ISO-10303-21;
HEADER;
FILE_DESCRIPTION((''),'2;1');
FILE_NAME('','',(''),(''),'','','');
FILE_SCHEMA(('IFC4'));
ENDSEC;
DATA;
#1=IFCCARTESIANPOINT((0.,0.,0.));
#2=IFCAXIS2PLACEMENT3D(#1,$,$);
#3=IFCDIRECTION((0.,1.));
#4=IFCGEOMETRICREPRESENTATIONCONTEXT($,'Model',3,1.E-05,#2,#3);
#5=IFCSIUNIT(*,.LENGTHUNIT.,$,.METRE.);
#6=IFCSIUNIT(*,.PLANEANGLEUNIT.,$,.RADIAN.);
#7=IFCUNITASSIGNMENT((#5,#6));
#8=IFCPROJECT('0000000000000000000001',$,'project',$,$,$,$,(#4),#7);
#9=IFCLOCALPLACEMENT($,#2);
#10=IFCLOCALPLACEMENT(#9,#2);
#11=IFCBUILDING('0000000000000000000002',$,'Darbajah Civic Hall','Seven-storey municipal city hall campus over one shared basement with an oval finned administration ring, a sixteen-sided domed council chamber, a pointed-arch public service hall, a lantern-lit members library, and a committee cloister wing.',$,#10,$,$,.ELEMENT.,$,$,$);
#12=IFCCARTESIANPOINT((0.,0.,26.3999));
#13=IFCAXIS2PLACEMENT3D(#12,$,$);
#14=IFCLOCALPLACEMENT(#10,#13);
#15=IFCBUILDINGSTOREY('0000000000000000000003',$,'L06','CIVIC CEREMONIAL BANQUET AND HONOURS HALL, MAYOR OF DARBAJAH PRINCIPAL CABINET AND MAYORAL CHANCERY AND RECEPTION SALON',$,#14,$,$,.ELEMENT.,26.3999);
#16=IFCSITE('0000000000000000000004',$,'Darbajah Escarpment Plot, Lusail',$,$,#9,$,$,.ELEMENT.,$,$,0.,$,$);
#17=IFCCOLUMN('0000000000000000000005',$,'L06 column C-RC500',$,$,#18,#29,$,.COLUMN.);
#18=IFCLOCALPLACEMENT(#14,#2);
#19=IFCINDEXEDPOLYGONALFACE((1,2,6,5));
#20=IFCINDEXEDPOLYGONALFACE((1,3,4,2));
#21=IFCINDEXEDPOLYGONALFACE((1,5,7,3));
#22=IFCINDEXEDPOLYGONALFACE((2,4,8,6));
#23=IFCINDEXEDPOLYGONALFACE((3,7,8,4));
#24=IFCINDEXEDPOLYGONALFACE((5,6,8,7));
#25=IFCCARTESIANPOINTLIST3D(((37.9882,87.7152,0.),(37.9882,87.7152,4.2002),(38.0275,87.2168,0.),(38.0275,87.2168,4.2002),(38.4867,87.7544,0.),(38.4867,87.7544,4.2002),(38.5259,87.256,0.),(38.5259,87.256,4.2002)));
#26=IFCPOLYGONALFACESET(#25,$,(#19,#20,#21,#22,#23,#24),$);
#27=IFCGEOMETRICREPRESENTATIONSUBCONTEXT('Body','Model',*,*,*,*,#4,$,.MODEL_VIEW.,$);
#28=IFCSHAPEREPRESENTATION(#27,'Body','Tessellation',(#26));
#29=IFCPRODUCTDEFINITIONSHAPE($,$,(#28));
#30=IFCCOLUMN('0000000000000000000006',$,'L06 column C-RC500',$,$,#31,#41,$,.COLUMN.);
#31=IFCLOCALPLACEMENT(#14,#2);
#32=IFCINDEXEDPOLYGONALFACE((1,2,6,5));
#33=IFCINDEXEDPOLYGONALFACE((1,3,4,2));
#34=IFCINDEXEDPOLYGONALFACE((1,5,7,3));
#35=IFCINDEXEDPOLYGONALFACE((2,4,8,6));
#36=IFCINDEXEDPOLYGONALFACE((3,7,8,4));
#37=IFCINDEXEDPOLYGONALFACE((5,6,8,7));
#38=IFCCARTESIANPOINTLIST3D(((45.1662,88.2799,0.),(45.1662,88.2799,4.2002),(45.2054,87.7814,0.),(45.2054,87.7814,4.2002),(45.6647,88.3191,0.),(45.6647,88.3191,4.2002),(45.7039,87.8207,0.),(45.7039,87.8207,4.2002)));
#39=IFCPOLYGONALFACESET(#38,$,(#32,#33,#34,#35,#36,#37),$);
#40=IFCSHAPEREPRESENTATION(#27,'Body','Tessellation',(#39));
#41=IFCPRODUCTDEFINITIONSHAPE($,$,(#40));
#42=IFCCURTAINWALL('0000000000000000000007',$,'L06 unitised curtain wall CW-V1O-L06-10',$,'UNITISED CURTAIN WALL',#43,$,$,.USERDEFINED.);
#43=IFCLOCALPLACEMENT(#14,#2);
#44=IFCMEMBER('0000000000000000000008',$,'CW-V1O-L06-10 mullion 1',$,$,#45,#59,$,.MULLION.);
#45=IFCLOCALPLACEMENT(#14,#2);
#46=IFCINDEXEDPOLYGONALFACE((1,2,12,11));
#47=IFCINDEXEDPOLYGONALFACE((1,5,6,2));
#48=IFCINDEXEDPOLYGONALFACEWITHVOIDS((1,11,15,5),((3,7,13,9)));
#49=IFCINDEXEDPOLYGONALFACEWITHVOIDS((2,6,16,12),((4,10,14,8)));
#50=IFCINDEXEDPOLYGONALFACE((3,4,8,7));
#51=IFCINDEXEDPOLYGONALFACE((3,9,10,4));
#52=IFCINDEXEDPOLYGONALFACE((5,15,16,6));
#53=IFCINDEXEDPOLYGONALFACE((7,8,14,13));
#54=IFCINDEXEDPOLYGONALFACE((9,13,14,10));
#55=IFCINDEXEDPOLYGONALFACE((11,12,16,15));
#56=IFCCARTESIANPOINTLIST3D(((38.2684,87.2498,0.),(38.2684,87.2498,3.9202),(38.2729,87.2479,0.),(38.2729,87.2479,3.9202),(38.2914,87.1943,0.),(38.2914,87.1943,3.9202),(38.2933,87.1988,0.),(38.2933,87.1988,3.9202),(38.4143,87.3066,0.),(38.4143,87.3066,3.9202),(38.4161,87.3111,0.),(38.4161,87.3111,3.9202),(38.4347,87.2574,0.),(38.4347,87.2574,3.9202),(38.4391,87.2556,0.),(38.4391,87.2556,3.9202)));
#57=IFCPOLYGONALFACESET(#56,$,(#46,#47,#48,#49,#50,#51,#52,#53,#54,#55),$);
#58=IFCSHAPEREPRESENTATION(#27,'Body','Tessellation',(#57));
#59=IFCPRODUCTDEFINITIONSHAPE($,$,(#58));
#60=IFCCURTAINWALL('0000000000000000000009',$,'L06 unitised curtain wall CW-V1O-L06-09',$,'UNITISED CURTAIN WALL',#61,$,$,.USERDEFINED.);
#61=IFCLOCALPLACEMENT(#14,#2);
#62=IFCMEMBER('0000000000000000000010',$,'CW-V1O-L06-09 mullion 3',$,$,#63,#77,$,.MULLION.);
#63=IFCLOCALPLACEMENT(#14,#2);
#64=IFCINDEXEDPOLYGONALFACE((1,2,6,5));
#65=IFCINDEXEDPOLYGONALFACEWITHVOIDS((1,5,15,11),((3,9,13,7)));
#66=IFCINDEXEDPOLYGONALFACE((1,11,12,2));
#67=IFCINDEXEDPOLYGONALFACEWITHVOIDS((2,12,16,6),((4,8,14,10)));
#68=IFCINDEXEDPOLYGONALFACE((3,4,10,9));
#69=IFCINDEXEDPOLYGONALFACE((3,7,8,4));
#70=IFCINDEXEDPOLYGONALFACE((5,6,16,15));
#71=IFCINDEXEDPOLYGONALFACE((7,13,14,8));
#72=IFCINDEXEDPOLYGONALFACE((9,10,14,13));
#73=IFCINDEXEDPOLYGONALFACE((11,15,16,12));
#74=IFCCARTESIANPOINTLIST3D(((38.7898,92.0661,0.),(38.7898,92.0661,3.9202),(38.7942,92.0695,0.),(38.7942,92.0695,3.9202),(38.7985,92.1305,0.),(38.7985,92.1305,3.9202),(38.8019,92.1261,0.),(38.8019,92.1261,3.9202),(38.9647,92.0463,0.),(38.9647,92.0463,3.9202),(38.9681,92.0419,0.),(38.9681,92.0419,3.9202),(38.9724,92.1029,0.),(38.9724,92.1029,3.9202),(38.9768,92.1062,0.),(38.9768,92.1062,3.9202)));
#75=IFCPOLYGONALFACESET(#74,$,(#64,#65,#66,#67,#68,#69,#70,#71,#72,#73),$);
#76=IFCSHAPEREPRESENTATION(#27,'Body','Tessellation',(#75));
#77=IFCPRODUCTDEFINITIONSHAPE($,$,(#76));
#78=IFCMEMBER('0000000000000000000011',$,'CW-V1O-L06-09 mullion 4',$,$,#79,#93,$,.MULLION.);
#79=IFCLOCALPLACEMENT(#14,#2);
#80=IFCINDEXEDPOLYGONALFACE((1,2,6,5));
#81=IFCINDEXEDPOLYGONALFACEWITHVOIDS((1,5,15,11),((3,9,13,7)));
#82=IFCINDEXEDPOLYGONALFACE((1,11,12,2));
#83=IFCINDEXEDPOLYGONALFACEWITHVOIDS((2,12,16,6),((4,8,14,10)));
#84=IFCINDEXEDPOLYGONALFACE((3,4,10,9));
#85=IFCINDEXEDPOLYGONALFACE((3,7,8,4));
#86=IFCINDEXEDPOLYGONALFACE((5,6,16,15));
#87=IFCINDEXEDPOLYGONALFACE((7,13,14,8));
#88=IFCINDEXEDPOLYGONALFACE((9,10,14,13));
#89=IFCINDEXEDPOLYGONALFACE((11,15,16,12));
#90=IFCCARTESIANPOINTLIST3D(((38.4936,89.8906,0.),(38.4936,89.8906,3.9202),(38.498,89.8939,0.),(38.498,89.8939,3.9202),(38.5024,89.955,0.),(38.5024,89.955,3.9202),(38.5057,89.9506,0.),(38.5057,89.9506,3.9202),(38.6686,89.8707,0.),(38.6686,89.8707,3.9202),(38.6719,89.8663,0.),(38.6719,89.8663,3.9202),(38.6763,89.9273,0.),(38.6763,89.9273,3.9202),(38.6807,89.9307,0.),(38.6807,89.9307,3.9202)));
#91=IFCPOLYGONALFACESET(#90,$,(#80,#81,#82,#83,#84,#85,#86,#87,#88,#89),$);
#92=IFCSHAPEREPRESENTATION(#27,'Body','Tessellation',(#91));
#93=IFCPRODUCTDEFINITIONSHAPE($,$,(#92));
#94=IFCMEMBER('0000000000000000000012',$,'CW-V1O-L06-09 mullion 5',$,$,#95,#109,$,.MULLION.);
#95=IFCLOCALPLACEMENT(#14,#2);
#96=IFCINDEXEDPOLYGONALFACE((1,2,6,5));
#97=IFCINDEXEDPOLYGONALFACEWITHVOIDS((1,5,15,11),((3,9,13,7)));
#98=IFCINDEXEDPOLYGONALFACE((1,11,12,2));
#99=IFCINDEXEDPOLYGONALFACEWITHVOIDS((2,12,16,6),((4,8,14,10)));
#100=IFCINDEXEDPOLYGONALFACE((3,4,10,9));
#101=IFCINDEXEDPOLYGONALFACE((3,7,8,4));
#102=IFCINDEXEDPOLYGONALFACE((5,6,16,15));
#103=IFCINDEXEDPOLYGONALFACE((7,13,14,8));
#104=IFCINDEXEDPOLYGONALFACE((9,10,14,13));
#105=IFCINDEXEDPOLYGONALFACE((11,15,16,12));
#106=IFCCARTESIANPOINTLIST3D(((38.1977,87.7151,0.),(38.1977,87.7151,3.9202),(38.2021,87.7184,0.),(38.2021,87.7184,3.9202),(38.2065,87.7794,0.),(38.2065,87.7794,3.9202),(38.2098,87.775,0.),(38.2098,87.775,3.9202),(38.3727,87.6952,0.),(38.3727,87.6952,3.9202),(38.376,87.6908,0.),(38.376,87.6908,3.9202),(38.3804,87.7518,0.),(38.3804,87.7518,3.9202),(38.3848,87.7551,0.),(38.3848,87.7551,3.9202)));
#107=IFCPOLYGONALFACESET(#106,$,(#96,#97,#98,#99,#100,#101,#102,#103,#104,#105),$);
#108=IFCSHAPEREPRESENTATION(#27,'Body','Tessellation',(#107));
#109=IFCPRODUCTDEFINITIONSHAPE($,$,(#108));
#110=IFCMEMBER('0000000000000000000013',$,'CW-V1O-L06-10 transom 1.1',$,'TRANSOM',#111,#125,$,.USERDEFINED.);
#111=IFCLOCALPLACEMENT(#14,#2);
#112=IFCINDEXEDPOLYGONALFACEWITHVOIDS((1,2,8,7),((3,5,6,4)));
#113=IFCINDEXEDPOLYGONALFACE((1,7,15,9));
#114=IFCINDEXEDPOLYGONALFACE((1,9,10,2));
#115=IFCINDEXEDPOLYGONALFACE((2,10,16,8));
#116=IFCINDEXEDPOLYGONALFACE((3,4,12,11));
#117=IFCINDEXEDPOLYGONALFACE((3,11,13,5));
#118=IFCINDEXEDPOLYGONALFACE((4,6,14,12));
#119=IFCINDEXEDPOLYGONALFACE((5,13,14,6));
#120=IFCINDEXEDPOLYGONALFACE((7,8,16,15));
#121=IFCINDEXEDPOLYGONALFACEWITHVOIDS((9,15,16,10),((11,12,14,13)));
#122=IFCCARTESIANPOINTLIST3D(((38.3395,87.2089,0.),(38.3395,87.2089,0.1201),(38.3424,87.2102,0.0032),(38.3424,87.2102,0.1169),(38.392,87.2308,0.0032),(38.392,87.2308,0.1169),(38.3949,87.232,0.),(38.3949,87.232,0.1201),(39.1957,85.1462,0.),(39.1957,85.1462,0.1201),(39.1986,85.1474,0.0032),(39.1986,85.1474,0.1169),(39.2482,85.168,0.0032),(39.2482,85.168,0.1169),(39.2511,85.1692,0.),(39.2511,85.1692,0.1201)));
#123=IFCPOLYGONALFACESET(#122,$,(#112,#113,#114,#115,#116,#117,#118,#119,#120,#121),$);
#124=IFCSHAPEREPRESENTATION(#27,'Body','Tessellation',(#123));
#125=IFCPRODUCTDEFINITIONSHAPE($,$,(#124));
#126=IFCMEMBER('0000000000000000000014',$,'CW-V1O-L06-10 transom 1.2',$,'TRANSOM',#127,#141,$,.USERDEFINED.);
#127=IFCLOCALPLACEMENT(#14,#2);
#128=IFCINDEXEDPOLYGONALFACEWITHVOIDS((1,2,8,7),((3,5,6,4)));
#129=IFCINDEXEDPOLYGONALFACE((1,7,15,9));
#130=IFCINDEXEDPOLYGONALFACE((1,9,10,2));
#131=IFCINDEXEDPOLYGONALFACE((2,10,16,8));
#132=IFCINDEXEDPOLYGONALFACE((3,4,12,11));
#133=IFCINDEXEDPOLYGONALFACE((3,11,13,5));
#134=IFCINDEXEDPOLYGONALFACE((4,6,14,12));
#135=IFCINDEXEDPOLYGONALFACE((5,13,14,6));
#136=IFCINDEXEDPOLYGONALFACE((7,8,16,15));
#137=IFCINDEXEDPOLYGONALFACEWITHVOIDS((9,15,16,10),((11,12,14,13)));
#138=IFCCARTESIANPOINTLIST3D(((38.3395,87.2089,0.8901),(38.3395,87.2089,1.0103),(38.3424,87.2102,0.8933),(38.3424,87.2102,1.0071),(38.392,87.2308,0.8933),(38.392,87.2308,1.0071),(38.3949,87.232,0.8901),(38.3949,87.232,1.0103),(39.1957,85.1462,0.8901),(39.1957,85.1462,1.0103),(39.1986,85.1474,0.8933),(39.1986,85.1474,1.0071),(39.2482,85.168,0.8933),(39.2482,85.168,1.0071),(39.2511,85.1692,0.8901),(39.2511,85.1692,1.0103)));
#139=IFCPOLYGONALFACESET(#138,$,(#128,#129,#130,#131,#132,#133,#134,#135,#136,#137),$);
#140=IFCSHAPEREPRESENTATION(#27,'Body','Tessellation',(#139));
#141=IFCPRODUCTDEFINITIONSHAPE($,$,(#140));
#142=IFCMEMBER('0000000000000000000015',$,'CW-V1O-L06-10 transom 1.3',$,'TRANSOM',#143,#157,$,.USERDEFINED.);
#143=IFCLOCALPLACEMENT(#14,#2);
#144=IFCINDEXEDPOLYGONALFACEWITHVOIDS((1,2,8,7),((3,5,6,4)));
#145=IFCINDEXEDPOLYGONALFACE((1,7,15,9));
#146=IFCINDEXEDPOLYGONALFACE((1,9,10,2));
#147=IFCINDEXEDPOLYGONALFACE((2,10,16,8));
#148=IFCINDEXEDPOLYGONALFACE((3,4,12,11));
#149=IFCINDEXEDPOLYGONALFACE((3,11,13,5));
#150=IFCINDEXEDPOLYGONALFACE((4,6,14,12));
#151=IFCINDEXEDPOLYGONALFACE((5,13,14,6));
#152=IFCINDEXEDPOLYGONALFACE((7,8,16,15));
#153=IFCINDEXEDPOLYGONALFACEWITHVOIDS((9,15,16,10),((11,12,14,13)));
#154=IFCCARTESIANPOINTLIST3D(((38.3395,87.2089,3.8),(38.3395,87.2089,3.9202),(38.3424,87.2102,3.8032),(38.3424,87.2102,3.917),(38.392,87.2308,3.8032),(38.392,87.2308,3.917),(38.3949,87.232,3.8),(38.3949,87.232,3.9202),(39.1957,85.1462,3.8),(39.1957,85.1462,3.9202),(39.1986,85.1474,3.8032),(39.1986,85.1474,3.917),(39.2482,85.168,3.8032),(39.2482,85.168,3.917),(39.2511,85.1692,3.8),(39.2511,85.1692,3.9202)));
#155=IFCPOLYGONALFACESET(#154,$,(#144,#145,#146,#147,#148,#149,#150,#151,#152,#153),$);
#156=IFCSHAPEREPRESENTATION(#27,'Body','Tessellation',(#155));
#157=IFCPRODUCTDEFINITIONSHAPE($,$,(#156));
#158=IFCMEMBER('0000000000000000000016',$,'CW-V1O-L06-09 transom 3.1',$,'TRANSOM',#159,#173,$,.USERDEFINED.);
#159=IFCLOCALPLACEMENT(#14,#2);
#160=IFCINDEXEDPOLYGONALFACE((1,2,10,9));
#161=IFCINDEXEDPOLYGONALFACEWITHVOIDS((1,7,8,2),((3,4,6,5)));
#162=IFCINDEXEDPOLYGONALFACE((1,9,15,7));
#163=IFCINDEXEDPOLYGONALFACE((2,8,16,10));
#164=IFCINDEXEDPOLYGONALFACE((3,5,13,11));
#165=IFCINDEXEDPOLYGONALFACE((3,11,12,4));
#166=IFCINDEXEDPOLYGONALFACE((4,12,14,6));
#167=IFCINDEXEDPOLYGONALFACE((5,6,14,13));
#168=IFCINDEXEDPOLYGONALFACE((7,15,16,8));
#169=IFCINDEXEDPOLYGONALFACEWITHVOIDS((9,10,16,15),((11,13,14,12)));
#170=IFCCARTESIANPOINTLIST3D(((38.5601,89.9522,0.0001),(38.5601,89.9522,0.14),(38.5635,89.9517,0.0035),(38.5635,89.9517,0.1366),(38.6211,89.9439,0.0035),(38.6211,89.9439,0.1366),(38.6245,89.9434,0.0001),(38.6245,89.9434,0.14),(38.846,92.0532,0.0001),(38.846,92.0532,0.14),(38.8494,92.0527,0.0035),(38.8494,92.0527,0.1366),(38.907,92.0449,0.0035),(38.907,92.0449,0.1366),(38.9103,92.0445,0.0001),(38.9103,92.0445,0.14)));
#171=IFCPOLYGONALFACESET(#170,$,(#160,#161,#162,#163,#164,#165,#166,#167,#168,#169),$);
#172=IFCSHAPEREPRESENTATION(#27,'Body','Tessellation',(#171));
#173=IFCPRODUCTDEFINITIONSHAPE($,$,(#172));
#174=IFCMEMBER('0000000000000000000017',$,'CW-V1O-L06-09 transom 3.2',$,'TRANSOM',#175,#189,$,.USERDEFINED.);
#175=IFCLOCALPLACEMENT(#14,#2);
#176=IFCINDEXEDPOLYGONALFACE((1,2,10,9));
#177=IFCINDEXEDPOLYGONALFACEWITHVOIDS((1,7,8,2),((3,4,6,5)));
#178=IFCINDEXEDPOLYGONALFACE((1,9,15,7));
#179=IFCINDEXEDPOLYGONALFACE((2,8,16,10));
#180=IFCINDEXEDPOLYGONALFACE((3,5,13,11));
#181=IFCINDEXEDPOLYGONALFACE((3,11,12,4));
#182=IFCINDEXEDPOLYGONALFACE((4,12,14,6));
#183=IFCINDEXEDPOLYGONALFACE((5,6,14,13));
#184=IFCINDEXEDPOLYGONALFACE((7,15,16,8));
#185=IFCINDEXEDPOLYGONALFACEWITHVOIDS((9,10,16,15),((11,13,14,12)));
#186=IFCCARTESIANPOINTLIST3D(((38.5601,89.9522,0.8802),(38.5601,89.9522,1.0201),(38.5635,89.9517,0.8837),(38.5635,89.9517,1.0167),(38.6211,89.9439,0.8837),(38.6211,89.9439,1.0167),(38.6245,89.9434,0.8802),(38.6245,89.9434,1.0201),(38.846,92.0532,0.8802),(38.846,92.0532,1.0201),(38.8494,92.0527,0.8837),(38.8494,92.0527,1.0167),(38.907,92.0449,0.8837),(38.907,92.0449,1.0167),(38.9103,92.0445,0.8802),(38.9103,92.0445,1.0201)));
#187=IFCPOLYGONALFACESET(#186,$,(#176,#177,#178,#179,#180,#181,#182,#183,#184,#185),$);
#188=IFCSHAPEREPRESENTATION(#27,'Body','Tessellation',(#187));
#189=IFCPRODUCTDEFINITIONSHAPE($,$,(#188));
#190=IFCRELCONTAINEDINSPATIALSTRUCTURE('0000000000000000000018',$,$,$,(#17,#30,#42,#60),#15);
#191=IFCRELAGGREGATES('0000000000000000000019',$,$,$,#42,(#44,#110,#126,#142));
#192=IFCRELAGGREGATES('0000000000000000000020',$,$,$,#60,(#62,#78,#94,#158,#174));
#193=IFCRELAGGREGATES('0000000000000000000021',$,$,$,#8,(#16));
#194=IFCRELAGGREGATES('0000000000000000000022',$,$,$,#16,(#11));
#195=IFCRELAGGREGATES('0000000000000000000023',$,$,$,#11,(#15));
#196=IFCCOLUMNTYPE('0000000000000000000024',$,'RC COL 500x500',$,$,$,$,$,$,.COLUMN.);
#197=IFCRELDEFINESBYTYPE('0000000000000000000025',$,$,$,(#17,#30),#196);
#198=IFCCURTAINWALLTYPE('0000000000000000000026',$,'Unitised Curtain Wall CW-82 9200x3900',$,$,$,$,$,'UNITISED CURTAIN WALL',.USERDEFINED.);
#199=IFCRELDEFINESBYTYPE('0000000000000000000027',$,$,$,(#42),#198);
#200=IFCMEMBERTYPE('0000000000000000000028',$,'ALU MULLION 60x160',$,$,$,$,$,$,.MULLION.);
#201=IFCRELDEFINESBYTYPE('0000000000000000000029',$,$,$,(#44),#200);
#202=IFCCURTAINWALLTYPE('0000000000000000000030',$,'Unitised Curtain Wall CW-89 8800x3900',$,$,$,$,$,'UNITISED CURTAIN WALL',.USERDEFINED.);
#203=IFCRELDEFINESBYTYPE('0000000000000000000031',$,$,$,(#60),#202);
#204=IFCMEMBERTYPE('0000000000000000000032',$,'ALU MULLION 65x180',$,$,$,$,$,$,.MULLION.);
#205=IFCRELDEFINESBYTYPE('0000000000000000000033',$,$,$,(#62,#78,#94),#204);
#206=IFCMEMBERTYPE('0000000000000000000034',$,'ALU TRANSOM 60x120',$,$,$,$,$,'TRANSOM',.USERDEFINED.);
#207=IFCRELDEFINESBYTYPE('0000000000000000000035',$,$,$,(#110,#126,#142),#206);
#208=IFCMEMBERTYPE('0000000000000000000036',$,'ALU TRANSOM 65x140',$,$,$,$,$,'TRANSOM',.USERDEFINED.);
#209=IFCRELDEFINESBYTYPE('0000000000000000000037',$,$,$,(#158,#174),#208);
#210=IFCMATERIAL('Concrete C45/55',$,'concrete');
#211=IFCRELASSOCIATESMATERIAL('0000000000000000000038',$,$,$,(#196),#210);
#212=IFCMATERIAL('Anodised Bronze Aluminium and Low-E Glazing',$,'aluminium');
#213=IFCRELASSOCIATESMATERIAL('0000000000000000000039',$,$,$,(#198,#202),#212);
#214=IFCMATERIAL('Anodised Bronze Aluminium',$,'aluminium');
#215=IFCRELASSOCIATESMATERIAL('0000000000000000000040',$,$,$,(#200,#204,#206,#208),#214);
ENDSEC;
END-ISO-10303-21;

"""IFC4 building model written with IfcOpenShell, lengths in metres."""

from ifc_helpers import new_model, si_unit, direction, frame, origin, origin_2d, place, context, subcontext, project, spatial, rectangle, hollow_rectangle, extrude, material, material_profile, profile_set, type_object, element, aggregate, save


model = new_model("IFC4")

# Units and contexts
model_context = context("Model", 3, precision=1e-05, world=origin(), true_north=direction((0.0, 1.0)))
body_context = subcontext(model_context, "Body", "Model", "MODEL_VIEW")
ifc_project = project(units=[si_unit("LENGTHUNIT", "METRE"), si_unit("PLANEANGLEUNIT", "RADIAN")], contexts=[model_context])

# Site, building, storey
site_placement = place(None, origin())
site = spatial("IfcSite", under=ifc_project, at=site_placement, Name="Darbajah Escarpment Plot, Lusail", CompositionType="ELEMENT", RefElevation=0.0)
building_placement = place(site_placement, origin())
building = spatial("IfcBuilding", under=site, at=building_placement, Name="Darbajah Civic Hall", Description="Seven-storey municipal city hall campus over one shared basement with an oval finned administration ring, a sixteen-sided domed council chamber, a pointed-arch public service hall, a lantern-lit members library, and a committee cloister wing.", CompositionType="ELEMENT")
storey_placement = place(building_placement, frame((0.0, 0.0, 26.3999)))
storey = spatial("IfcBuildingStorey", under=building, at=storey_placement, Name="L06", Description="CIVIC CEREMONIAL BANQUET AND HONOURS HALL, MAYOR OF DARBAJAH PRINCIPAL CABINET AND MAYORAL CHANCERY AND RECEPTION SALON", CompositionType="ELEMENT", Elevation=26.3999)

# Columns
ifc_material_1 = material(Name="Concrete C45/55", Category="concrete")
ifc_material_profile_1 = material_profile(ifc_material_1, rectangle(XDim=0.5, YDim=0.5, at=origin_2d()), Name="RC COL 500x500")
ifc_profile_set_1 = profile_set([ifc_material_profile_1], Name="Concrete C45/55")
column_type = type_object("IfcColumnType", Name="RC COL 500x500", PredefinedType="COLUMN", material=ifc_profile_set_1)
for number, where, z_axis, x_axis, name in (
    (1, (38.2571, 87.4856, 0.0), (0.0, 0.0, 1.0), (-0.996917, -0.078459, 0.0), "L06 column C-RC500"),
    (2, (45.4351, 88.0503, 0.0), (0.0, 0.0, 1.0), (-0.996917, -0.078459, 0.0), "L06 column C-RC500"),
):
    element("IfcColumn", number, at=place(storey_placement, frame(where, z_axis=z_axis, x_axis=x_axis)), inside=storey, type_object=column_type, Name=name, PredefinedType="COLUMN", context=body_context, shape_type="SweptSolid", body=[
        extrude(rectangle(XDim=0.5, YDim=0.5, at=origin_2d()), origin(), (0.0, 0.0, 1.0), 4.2002),
    ])

# Curtain wall, member
ifc_material_2 = material(Name="Anodised Bronze Aluminium and Low-E Glazing", Category="aluminium")
curtain_wall_type_1 = type_object("IfcCurtainWallType", Name="Unitised Curtain Wall CW-82 9200x3900", ElementType="UNITISED CURTAIN WALL", PredefinedType="USERDEFINED", material=ifc_material_2)
curtain_wall_1_placement = place(storey_placement, origin())
curtain_wall_1 = element("IfcCurtainWall", 3, at=curtain_wall_1_placement, inside=storey, type_object=curtain_wall_type_1, Name="L06 unitised curtain wall CW-V1O-L06-10", ObjectType="UNITISED CURTAIN WALL", PredefinedType="USERDEFINED")
ifc_material_3 = material(Name="Anodised Bronze Aluminium", Category="aluminium")
ifc_material_profile_2 = material_profile(ifc_material_3, hollow_rectangle(XDim=0.0601, YDim=0.1599, WallThickness=0.0034, at=origin_2d()), Name="ALU MULLION 60x160")
ifc_profile_set_2 = profile_set([ifc_material_profile_2], Name="Anodised Bronze Aluminium")
member_type_1 = type_object("IfcMemberType", Name="ALU MULLION 60x160", PredefinedType="MULLION", material=ifc_profile_set_2)
member_1_placement = place(storey_placement, frame((38.3538, 87.2527, 0.0), z_axis=(0.0, 0.0, 1.0), x_axis=(0.383328, -0.923612, 0.0)))
member_1 = element("IfcMember", 4, at=member_1_placement, type_object=member_type_1, Name="CW-V1O-L06-10 mullion 1", PredefinedType="MULLION", context=body_context, shape_type="SweptSolid", body=[
    extrude(hollow_rectangle(XDim=0.0601, YDim=0.1599, WallThickness=0.0034, at=origin_2d()), origin(), (0.0, 0.0, 1.0), 3.9202),
])

# Curtain wall, members
curtain_wall_type_2 = type_object("IfcCurtainWallType", Name="Unitised Curtain Wall CW-89 8800x3900", ElementType="UNITISED CURTAIN WALL", PredefinedType="USERDEFINED", material=ifc_material_2)
curtain_wall_2_placement = place(storey_placement, origin())
curtain_wall_2 = element("IfcCurtainWall", 5, at=curtain_wall_2_placement, inside=storey, type_object=curtain_wall_type_2, Name="L06 unitised curtain wall CW-V1O-L06-09", ObjectType="UNITISED CURTAIN WALL", PredefinedType="USERDEFINED")
ifc_material_profile_3 = material_profile(ifc_material_3, hollow_rectangle(XDim=0.0649, YDim=0.1799, WallThickness=0.0039, at=origin_2d()), Name="ALU MULLION 65x180")
ifc_profile_set_3 = profile_set([ifc_material_profile_3], Name="Anodised Bronze Aluminium")
member_type_2 = type_object("IfcMemberType", Name="ALU MULLION 65x180", PredefinedType="MULLION", material=ifc_profile_set_3)
member_2_placement = place(storey_placement, frame((38.8833, 92.0862, 0.0), z_axis=(0.0, 0.0, 1.0), x_axis=(-0.134851, -0.990866, 0.0)))
member_2 = element("IfcMember", 6, at=member_2_placement, type_object=member_type_2, Name="CW-V1O-L06-09 mullion 3", PredefinedType="MULLION", context=body_context, shape_type="SweptSolid", body=[
    extrude(hollow_rectangle(XDim=0.0649, YDim=0.1799, WallThickness=0.0039, at=origin_2d()), origin(), (0.0, 0.0, 1.0), 3.9202),
])
member_3_placement = place(storey_placement, frame((38.5872, 89.9106, 0.0), z_axis=(0.0, 0.0, 1.0), x_axis=(-0.134851, -0.990866, 0.0)))
member_3 = element("IfcMember", 7, at=member_3_placement, type_object=member_type_2, Name="CW-V1O-L06-09 mullion 4", PredefinedType="MULLION", context=body_context, shape_type="SweptSolid", body=[
    extrude(hollow_rectangle(XDim=0.0649, YDim=0.1799, WallThickness=0.0039, at=origin_2d()), origin(), (0.0, 0.0, 1.0), 3.9202),
])
member_4_placement = place(storey_placement, frame((38.2913, 87.7351, 0.0), z_axis=(0.0, 0.0, 1.0), x_axis=(-0.134851, -0.990866, 0.0)))
member_4 = element("IfcMember", 8, at=member_4_placement, type_object=member_type_2, Name="CW-V1O-L06-09 mullion 5", PredefinedType="MULLION", context=body_context, shape_type="SweptSolid", body=[
    extrude(hollow_rectangle(XDim=0.0649, YDim=0.1799, WallThickness=0.0039, at=origin_2d()), origin(), (0.0, 0.0, 1.0), 3.9202),
])

# Members
ifc_material_profile_4 = material_profile(ifc_material_3, hollow_rectangle(XDim=0.0601, YDim=0.1201, WallThickness=0.0032, at=origin_2d()), Name="ALU TRANSOM 60x120")
ifc_profile_set_4 = profile_set([ifc_material_profile_4], Name="Anodised Bronze Aluminium")
member_type_3 = type_object("IfcMemberType", Name="ALU TRANSOM 60x120", ElementType="TRANSOM", PredefinedType="USERDEFINED", material=ifc_profile_set_4)
member_5_placement = place(storey_placement, frame((38.3672, 87.2205, 0.0601), z_axis=(0.383365, -0.923597, 0.0), x_axis=(0.923597, 0.383365, 0.0)))
member_5 = element("IfcMember", 9, at=member_5_placement, type_object=member_type_3, Name="CW-V1O-L06-10 transom 1.1", ObjectType="TRANSOM", PredefinedType="USERDEFINED", context=body_context, shape_type="SweptSolid", body=[
    extrude(hollow_rectangle(XDim=0.0601, YDim=0.1201, WallThickness=0.0032, at=origin_2d()), origin(), (0.0, 0.0, 1.0), 2.2334),
])
member_6_placement = place(storey_placement, frame((38.3672, 87.2205, 0.9502), z_axis=(0.383365, -0.923597, 0.0), x_axis=(0.923597, 0.383365, 0.0)))
member_6 = element("IfcMember", 10, at=member_6_placement, type_object=member_type_3, Name="CW-V1O-L06-10 transom 1.2", ObjectType="TRANSOM", PredefinedType="USERDEFINED", context=body_context, shape_type="SweptSolid", body=[
    extrude(hollow_rectangle(XDim=0.0601, YDim=0.1201, WallThickness=0.0032, at=origin_2d()), origin(), (0.0, 0.0, 1.0), 2.2334),
])
member_7_placement = place(storey_placement, frame((38.3672, 87.2205, 3.8601), z_axis=(0.383365, -0.923597, 0.0), x_axis=(0.923597, 0.383365, 0.0)))
member_7 = element("IfcMember", 11, at=member_7_placement, type_object=member_type_3, Name="CW-V1O-L06-10 transom 1.3", ObjectType="TRANSOM", PredefinedType="USERDEFINED", context=body_context, shape_type="SweptSolid", body=[
    extrude(hollow_rectangle(XDim=0.0601, YDim=0.1201, WallThickness=0.0032, at=origin_2d()), origin(), (0.0, 0.0, 1.0), 2.2334),
])
ifc_material_profile_5 = material_profile(ifc_material_3, hollow_rectangle(XDim=0.0649, YDim=0.1399, WallThickness=0.0034, at=origin_2d()), Name="ALU TRANSOM 65x140")
ifc_profile_set_5 = profile_set([ifc_material_profile_5], Name="Anodised Bronze Aluminium")
member_type_4 = type_object("IfcMemberType", Name="ALU TRANSOM 65x140", ElementType="TRANSOM", PredefinedType="USERDEFINED", material=ifc_profile_set_5)
member_8_placement = place(storey_placement, frame((38.8782, 92.0488, 0.0701), z_axis=(-0.134825, -0.990869, 0.0), x_axis=(0.990869, -0.134825, 0.0)))
member_8 = element("IfcMember", 12, at=member_8_placement, type_object=member_type_4, Name="CW-V1O-L06-09 transom 3.1", ObjectType="TRANSOM", PredefinedType="USERDEFINED", context=body_context, shape_type="SweptSolid", body=[
    extrude(hollow_rectangle(XDim=0.0649, YDim=0.1399, WallThickness=0.0034, at=origin_2d()), origin(), (0.0, 0.0, 1.0), 2.1204),
])
member_9_placement = place(storey_placement, frame((38.8782, 92.0488, 0.9502), z_axis=(-0.134825, -0.990869, 0.0), x_axis=(0.990869, -0.134825, 0.0)))
member_9 = element("IfcMember", 13, at=member_9_placement, type_object=member_type_4, Name="CW-V1O-L06-09 transom 3.2", ObjectType="TRANSOM", PredefinedType="USERDEFINED", context=body_context, shape_type="SweptSolid", body=[
    extrude(hollow_rectangle(XDim=0.0649, YDim=0.1399, WallThickness=0.0034, at=origin_2d()), origin(), (0.0, 0.0, 1.0), 2.1204),
])

aggregate(curtain_wall_1, [member_1, member_5, member_6, member_7])
aggregate(curtain_wall_2, [member_2, member_3, member_4, member_8, member_9])

save(model, "model.ifc")
